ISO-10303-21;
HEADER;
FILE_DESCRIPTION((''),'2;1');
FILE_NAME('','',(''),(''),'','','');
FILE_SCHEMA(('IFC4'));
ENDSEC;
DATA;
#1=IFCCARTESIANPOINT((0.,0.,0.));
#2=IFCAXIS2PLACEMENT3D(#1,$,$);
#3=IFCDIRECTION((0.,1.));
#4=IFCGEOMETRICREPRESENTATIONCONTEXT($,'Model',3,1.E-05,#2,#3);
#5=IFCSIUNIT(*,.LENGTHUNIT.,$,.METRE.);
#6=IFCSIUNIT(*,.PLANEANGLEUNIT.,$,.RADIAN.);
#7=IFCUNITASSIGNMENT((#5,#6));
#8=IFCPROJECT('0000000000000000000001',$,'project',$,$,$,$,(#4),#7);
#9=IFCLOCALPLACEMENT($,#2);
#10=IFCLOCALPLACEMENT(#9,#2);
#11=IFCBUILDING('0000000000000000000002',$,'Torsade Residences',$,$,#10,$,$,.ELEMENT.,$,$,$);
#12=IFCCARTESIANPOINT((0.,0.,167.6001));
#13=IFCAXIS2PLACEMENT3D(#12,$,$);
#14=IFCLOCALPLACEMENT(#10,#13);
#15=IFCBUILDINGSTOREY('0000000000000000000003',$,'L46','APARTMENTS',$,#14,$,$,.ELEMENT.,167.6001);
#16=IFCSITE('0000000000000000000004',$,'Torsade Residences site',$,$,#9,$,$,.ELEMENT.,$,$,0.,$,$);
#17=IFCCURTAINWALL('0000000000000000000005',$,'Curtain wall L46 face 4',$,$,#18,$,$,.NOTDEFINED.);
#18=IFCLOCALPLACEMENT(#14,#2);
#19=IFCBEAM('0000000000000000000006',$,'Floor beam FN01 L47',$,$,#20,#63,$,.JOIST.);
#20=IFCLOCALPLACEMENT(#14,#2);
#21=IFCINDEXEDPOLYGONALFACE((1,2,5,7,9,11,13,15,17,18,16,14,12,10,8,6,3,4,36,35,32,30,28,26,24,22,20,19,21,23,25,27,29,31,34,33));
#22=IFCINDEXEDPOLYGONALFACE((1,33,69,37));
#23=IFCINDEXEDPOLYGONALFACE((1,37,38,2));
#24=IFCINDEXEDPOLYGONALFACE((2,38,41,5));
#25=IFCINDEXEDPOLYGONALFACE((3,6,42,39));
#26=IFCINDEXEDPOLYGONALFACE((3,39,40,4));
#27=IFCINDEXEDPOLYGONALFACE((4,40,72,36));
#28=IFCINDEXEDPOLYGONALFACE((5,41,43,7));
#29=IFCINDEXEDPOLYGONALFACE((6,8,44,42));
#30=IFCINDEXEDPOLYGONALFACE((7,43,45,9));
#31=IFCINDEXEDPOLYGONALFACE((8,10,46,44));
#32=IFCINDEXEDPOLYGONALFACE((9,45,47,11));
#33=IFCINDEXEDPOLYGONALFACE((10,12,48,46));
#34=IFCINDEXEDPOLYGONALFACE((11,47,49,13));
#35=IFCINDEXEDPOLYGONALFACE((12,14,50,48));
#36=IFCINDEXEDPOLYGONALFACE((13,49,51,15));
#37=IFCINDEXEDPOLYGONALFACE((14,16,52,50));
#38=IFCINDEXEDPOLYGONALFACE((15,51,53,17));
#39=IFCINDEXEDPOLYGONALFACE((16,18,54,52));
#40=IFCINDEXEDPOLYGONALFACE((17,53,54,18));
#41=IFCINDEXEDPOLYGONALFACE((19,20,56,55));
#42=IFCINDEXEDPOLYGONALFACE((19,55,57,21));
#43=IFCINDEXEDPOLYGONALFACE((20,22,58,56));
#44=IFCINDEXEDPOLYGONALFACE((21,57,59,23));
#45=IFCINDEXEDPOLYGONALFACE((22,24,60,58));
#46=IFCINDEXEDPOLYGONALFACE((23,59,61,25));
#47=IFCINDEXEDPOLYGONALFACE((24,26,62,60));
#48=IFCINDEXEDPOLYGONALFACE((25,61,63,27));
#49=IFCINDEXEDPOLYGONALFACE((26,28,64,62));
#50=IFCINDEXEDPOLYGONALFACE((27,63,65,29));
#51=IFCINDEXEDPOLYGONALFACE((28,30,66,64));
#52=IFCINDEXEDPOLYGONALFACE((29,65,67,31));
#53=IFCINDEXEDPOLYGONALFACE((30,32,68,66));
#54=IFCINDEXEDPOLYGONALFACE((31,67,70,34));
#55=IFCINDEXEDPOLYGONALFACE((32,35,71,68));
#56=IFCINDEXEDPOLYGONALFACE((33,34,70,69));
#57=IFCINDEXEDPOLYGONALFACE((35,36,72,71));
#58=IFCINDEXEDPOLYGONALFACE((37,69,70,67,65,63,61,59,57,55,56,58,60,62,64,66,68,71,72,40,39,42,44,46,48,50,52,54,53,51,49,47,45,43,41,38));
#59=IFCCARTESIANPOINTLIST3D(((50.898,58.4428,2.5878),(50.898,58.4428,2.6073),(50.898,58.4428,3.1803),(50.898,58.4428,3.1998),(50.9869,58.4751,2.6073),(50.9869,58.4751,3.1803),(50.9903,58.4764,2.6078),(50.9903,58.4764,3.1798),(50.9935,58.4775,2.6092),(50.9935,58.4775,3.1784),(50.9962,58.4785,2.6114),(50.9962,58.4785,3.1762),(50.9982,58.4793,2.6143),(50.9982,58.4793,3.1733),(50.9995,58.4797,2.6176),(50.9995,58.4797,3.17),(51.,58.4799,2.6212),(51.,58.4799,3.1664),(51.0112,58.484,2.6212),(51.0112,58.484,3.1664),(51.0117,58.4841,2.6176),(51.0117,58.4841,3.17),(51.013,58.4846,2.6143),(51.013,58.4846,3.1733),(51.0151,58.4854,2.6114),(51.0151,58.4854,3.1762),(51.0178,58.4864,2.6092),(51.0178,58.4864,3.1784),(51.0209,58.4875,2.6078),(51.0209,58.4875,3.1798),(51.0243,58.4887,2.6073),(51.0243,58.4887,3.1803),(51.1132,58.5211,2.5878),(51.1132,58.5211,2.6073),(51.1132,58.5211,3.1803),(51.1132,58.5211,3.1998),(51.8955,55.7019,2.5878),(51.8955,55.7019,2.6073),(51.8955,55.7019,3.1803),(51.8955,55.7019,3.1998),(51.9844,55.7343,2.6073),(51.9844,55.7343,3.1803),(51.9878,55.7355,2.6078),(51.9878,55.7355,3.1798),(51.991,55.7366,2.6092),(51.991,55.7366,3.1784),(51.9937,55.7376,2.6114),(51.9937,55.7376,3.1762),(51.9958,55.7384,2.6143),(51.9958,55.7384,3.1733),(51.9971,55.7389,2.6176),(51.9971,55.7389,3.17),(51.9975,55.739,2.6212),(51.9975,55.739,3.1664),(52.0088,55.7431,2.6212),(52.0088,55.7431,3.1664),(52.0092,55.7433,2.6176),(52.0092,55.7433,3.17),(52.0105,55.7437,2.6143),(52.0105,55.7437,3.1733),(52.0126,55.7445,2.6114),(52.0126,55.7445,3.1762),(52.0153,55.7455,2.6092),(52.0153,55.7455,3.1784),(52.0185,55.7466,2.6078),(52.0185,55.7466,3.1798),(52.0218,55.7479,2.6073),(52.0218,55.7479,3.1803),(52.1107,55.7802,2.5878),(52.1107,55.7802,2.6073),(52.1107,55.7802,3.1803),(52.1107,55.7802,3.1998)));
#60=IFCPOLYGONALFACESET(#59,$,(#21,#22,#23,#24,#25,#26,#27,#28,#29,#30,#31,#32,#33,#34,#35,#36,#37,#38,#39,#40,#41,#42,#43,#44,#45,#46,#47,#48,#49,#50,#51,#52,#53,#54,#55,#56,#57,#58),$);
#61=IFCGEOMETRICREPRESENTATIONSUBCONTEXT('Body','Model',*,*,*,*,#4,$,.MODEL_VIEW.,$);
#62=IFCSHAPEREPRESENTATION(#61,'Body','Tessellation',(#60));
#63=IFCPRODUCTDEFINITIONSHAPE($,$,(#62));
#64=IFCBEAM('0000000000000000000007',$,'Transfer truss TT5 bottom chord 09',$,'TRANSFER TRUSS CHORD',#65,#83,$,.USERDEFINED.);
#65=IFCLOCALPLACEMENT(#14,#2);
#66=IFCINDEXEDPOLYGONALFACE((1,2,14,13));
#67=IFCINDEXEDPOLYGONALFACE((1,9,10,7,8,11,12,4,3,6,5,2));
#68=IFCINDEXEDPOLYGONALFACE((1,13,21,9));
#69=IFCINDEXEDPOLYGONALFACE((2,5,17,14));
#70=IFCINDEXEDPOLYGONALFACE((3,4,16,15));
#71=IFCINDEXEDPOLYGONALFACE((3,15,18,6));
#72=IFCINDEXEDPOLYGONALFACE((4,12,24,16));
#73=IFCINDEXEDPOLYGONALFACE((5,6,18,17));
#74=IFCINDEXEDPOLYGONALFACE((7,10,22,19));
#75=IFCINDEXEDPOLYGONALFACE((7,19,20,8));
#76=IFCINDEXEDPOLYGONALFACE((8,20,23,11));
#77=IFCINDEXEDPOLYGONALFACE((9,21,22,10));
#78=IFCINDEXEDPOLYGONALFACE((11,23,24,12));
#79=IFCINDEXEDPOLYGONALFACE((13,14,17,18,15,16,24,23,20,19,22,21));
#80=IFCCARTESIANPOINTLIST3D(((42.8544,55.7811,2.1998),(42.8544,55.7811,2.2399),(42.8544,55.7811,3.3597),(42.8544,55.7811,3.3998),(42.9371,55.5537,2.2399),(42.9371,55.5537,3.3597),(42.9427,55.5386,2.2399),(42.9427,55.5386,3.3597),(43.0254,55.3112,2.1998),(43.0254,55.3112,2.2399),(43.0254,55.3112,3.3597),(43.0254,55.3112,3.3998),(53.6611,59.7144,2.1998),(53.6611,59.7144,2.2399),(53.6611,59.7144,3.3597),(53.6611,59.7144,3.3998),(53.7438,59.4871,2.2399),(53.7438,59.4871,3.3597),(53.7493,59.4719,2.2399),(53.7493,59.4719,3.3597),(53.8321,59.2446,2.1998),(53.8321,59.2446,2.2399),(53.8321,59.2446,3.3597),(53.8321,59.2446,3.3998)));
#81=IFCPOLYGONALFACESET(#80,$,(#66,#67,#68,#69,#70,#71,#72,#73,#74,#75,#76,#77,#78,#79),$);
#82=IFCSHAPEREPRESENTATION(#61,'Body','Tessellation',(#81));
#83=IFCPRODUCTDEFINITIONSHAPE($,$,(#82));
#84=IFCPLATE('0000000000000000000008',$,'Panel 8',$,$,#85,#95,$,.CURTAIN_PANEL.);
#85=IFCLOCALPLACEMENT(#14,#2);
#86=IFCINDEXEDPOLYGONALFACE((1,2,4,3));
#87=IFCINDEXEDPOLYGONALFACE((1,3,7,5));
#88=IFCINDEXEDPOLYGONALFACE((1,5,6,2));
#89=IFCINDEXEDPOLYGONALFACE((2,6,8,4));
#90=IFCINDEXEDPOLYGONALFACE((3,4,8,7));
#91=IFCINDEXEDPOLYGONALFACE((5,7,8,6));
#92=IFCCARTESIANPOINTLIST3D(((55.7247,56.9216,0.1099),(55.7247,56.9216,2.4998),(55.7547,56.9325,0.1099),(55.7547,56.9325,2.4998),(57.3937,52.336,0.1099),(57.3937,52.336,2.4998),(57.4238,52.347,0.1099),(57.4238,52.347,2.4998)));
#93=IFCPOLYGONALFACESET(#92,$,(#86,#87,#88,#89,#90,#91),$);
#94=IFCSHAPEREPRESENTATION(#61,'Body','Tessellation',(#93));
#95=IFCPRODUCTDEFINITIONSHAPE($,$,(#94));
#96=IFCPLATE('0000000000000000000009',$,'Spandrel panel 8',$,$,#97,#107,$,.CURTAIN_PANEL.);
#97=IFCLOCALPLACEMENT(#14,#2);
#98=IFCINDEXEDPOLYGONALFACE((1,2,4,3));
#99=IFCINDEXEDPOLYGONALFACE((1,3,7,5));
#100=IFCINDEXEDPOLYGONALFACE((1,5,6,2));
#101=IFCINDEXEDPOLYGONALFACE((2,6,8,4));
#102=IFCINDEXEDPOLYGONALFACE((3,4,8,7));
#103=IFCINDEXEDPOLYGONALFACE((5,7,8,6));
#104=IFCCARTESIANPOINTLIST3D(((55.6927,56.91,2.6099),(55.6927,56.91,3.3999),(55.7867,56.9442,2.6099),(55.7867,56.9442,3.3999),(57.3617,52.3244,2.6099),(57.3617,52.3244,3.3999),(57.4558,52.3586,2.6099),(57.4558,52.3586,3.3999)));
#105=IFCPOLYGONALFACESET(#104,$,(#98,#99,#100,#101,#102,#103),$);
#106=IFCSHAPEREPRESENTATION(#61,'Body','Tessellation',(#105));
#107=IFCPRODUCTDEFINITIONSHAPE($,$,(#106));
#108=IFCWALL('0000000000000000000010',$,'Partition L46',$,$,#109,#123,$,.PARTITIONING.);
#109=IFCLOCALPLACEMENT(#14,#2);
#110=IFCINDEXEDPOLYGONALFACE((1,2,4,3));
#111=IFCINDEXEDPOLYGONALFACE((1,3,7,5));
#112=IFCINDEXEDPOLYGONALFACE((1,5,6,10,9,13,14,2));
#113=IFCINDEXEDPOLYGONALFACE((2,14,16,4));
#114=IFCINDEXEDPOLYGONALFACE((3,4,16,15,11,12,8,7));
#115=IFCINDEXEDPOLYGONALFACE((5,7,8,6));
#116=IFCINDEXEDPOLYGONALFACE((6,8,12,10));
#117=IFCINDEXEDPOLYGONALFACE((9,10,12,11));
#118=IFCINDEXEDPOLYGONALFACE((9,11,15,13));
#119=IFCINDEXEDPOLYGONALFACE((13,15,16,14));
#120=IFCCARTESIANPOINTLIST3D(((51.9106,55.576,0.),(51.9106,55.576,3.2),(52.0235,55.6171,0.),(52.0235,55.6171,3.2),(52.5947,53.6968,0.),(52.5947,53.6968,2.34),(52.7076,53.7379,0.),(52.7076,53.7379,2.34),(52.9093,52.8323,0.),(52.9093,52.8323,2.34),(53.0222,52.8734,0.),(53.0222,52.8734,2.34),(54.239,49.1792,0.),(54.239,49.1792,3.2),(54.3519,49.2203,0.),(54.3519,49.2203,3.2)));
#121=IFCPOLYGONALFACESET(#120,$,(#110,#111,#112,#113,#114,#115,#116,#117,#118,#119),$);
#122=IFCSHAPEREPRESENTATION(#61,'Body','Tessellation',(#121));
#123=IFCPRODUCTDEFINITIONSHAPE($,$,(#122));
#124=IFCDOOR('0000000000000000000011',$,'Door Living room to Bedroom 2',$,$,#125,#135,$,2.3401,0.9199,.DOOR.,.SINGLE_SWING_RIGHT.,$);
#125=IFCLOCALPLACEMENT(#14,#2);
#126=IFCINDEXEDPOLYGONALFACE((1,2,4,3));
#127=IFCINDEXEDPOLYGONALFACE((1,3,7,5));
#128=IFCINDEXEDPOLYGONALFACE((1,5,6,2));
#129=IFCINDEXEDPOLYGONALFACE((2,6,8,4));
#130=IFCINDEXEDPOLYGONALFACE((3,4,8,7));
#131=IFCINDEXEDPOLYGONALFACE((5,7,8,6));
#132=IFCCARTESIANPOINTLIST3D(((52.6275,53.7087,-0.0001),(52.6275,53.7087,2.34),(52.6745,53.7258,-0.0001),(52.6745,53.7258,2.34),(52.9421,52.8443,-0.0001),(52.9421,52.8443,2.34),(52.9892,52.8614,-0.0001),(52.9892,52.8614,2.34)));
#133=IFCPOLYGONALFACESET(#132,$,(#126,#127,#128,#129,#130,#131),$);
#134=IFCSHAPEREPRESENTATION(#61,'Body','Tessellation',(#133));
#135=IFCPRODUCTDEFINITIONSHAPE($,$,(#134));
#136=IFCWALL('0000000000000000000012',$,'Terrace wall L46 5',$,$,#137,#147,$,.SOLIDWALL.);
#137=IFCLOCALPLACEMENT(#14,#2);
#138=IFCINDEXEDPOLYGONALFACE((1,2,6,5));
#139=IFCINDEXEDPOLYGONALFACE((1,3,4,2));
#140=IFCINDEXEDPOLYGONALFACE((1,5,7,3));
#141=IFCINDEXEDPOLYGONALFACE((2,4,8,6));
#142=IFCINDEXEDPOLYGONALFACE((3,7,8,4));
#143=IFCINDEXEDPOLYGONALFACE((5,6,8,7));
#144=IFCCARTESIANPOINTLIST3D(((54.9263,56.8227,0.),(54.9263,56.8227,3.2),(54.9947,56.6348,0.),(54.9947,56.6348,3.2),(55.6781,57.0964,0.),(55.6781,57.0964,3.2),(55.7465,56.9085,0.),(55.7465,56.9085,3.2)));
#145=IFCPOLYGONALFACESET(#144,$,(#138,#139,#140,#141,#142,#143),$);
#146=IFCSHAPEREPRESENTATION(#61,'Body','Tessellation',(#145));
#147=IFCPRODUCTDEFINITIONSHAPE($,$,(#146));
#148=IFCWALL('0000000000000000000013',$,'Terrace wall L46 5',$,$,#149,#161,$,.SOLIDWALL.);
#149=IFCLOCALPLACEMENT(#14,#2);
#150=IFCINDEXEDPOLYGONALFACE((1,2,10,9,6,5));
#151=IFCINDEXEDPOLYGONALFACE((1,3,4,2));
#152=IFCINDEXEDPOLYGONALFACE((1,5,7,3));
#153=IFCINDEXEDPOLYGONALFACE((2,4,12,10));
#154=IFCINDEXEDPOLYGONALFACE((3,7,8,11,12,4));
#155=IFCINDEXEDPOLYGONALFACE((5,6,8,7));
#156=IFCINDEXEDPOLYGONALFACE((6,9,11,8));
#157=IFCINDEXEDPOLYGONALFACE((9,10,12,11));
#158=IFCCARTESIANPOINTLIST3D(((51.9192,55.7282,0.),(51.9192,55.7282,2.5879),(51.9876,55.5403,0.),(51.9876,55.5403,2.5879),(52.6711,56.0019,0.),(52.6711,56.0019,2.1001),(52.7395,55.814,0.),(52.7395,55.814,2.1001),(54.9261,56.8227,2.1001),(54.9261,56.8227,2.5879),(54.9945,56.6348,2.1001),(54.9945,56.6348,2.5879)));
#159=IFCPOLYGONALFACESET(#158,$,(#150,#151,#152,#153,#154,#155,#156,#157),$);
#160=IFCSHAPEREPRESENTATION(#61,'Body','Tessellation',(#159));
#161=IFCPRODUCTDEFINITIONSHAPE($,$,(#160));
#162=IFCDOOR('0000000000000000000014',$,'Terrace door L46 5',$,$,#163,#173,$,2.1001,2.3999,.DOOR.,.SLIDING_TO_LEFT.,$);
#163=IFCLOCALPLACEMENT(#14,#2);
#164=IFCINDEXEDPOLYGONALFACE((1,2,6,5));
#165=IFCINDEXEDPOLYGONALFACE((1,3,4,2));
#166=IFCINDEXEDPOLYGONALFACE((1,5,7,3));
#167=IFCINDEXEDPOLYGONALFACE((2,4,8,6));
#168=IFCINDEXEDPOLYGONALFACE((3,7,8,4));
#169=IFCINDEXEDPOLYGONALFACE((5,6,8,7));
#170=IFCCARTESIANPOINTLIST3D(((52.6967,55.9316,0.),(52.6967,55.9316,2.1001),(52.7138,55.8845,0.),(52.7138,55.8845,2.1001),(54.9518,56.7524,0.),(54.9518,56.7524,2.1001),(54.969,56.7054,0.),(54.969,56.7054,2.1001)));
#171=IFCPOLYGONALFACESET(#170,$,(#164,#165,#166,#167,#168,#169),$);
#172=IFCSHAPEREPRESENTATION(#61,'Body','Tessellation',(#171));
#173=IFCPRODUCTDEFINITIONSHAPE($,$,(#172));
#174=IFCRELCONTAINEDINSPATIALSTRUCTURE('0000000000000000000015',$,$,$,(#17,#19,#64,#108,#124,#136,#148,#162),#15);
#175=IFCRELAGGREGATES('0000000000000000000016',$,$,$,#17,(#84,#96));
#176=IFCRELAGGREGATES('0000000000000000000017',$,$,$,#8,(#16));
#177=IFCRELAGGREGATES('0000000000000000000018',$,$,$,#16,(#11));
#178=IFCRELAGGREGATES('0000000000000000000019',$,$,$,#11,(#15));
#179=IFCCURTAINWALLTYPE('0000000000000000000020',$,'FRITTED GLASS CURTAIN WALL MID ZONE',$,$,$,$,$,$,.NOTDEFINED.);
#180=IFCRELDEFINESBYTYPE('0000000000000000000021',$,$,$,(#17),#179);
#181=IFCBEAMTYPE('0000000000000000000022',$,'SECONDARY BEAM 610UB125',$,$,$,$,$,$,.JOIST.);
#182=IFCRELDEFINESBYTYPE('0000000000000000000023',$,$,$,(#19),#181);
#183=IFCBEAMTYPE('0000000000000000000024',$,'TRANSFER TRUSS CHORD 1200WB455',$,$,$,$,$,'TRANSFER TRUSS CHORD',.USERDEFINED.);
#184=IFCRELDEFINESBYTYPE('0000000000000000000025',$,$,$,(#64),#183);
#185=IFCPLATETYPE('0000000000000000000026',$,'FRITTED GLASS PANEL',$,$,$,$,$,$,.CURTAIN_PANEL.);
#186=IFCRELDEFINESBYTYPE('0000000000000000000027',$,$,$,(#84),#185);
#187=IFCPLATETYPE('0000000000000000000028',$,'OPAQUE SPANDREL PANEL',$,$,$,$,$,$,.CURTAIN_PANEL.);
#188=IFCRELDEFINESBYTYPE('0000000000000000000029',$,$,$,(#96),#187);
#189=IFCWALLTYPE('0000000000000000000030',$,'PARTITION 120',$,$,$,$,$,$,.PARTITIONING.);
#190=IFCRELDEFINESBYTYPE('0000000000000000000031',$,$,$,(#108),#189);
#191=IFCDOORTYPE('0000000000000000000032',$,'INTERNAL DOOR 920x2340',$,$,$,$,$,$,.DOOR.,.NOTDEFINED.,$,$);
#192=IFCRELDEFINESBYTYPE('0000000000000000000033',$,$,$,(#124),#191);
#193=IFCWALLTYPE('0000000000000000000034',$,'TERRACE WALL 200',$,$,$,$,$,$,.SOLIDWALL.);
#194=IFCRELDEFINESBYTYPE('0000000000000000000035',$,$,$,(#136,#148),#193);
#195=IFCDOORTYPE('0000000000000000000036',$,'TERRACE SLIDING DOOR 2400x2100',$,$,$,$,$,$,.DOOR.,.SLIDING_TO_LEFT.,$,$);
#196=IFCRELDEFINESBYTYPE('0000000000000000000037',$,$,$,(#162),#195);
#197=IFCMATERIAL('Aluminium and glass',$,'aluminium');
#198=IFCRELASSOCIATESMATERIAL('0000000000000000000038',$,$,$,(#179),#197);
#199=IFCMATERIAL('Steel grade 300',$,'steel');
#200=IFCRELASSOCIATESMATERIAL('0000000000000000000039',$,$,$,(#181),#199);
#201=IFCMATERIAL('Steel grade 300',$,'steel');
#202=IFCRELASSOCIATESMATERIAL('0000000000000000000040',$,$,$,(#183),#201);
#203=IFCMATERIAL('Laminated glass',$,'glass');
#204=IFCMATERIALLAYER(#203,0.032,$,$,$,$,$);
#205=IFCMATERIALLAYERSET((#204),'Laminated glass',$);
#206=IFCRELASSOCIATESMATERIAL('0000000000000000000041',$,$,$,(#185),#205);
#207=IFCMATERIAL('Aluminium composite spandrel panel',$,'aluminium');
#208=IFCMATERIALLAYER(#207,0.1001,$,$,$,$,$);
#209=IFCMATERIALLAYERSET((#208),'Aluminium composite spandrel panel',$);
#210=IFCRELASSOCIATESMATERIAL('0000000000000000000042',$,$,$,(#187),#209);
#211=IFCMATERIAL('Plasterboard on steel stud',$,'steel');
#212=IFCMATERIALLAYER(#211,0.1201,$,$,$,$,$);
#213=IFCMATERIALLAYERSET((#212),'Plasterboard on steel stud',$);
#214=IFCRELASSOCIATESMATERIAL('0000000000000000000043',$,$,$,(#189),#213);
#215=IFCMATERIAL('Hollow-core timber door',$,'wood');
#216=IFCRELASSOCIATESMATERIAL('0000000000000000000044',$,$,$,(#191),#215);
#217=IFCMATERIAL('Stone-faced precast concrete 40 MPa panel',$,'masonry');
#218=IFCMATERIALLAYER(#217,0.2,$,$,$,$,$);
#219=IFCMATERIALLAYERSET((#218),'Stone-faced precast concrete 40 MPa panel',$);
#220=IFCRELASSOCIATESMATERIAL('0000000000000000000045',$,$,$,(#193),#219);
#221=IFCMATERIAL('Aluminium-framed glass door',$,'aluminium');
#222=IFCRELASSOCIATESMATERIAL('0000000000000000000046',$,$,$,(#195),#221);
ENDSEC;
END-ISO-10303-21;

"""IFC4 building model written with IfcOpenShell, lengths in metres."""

from ifc_helpers import new_model, si_unit, direction, frame, frame_2d, origin, origin_2d, place, context, subcontext, project, spatial, rectangle, i_section, extrude, material, layer, layer_set, material_profile, profile_set, type_object, element, fill, aggregate, save


model = new_model("IFC4")

# Units and contexts
model_context = context("Model", 3, precision=1e-05, world=origin(), true_north=direction((0.0, 1.0)))
body_context = subcontext(model_context, "Body", "Model", "MODEL_VIEW")
ifc_project = project(units=[si_unit("LENGTHUNIT", "METRE"), si_unit("PLANEANGLEUNIT", "RADIAN")], contexts=[model_context])

# Site, building, storey
site_placement = place(None, origin())
site = spatial("IfcSite", under=ifc_project, at=site_placement, Name="Torsade Residences site", CompositionType="ELEMENT", RefElevation=0.0)
building_placement = place(site_placement, origin())
building = spatial("IfcBuilding", under=site, at=building_placement, Name="Torsade Residences", CompositionType="ELEMENT")
storey_placement = place(building_placement, frame((0.0, 0.0, 167.6001)))
storey = spatial("IfcBuildingStorey", under=building, at=storey_placement, Name="L46", Description="APARTMENTS", CompositionType="ELEMENT", Elevation=167.6001)

# Curtain wall
ifc_material_1 = material(Name="Aluminium and glass", Category="aluminium")
curtain_wall_type = type_object("IfcCurtainWallType", Name="FRITTED GLASS CURTAIN WALL MID ZONE", PredefinedType="NOTDEFINED", material=ifc_material_1)
curtain_wall_placement = place(storey_placement, origin())
curtain_wall = element("IfcCurtainWall", 1, at=curtain_wall_placement, inside=storey, type_object=curtain_wall_type, Name="Curtain wall L46 face 4", PredefinedType="NOTDEFINED")

# Beams
ifc_material_2 = material(Name="Steel grade 300", Category="steel")
ifc_material_profile_1 = material_profile(ifc_material_2, i_section(OverallWidth=0.229, OverallDepth=0.6121, WebThickness=0.012, FlangeThickness=0.0195, FilletRadius=0.0139, at=origin_2d()), Name="610UB125")
ifc_profile_set_1 = profile_set([ifc_material_profile_1], Name="Steel grade 300")
beam_type_1 = type_object("IfcBeamType", Name="SECONDARY BEAM 610UB125", PredefinedType="JOIST", material=ifc_profile_set_1)
for number, where, z_axis, x_axis, name in (
    (2, (51.0056, 58.4819, 2.8938), (0.341998, -0.939701, 0.0), (0.939701, 0.341998, 0.0), "Floor beam FN01 L47"),
):
    element("IfcBeam", number, at=place(storey_placement, frame(where, z_axis=z_axis, x_axis=x_axis)), inside=storey, type_object=beam_type_1, Name=name, PredefinedType="JOIST", context=body_context, shape_type="SweptSolid", body=[
        extrude(i_section(OverallWidth=0.229, OverallDepth=0.6121, WebThickness=0.012, FlangeThickness=0.0195, FilletRadius=0.0139, at=origin_2d()), origin(), (0.0, 0.0, 1.0), 2.9167),
    ])
ifc_material_3 = material(Name="Steel grade 300", Category="steel")
ifc_material_profile_2 = material_profile(ifc_material_3, i_section(OverallWidth=0.5, OverallDepth=1.2, WebThickness=0.0161, FlangeThickness=0.04, at=origin_2d()), Name="1200WB455")
ifc_profile_set_2 = profile_set([ifc_material_profile_2], Name="Steel grade 300")
beam_type_2 = type_object("IfcBeamType", Name="TRANSFER TRUSS CHORD 1200WB455", ElementType="TRANSFER TRUSS CHORD", PredefinedType="USERDEFINED", material=ifc_profile_set_2)
beam_1_placement = place(storey_placement, frame((53.7466, 59.4795, 2.7998), z_axis=(-0.939691, -0.342024, 0.0), x_axis=(0.342024, -0.939691, 0.0)))
element("IfcBeam", 3, at=beam_1_placement, inside=storey, type_object=beam_type_2, Name="Transfer truss TT5 bottom chord 09", ObjectType="TRANSFER TRUSS CHORD", PredefinedType="USERDEFINED", context=body_context, shape_type="SweptSolid", body=[
    extrude(i_section(OverallWidth=0.5, OverallDepth=1.2, WebThickness=0.0161, FlangeThickness=0.04, at=origin_2d()), origin(), (0.0, 0.0, 1.0), 11.5002),
])

# Plates
ifc_material_4 = material(Name="Laminated glass", Category="glass")
ifc_layer_1 = layer(ifc_material_4, 0.032)
ifc_layer_set_1 = layer_set([ifc_layer_1], Name="Laminated glass")
plate_type_1 = type_object("IfcPlateType", Name="FRITTED GLASS PANEL", PredefinedType="CURTAIN_PANEL", material=ifc_layer_set_1)
plate_1_placement = place(storey_placement, frame((56.5742, 54.6343, 0.1099), z_axis=(0.0, 0.0, 1.0), x_axis=(-0.34202, 0.939693, 0.0)))
plate_1 = element("IfcPlate", 4, at=plate_1_placement, type_object=plate_type_1, Name="Panel 8", PredefinedType="CURTAIN_PANEL", context=body_context, shape_type="SweptSolid", body=[
    extrude(rectangle(XDim=4.8799, YDim=0.032, at=origin_2d()), origin(), (0.0, 0.0, 1.0), 2.3899),
])
ifc_material_5 = material(Name="Aluminium composite spandrel panel", Category="aluminium")
ifc_layer_2 = layer(ifc_material_5, 0.1001)
ifc_layer_set_2 = layer_set([ifc_layer_2], Name="Aluminium composite spandrel panel")
plate_type_2 = type_object("IfcPlateType", Name="OPAQUE SPANDREL PANEL", PredefinedType="CURTAIN_PANEL", material=ifc_layer_set_2)
plate_2_placement = place(storey_placement, frame((56.5742, 54.6343, 2.6099), z_axis=(0.0, 0.0, 1.0), x_axis=(-0.34202, 0.939693, 0.0)))
plate_2 = element("IfcPlate", 5, at=plate_2_placement, type_object=plate_type_2, Name="Spandrel panel 8", PredefinedType="CURTAIN_PANEL", context=body_context, shape_type="SweptSolid", body=[
    extrude(rectangle(XDim=4.8799, YDim=0.1001, at=origin_2d()), origin(), (0.0, 0.0, 1.0), 0.79),
])
aggregate(curtain_wall, [plate_1, plate_2])

# Wall, opening, door
ifc_material_6 = material(Name="Plasterboard on steel stud", Category="steel")
ifc_layer_3 = layer(ifc_material_6, 0.1201)
ifc_layer_set_3 = layer_set([ifc_layer_3], Name="Plasterboard on steel stud")
wall_type_1 = type_object("IfcWallType", Name="PARTITION 120", PredefinedType="PARTITIONING", material=ifc_layer_set_3)
wall_1_placement = place(storey_placement, frame((51.967, 55.5967, 0.0), z_axis=(0.0, 0.0, 1.0), x_axis=(0.34204, -0.939686, 0.0)))
wall_1 = element("IfcWall", 6, at=wall_1_placement, inside=storey, type_object=wall_type_1, Name="Partition L46", PredefinedType="PARTITIONING", context=body_context, shape_type="SweptSolid", body=[
    extrude(rectangle(XDim=6.8074, YDim=0.1201, at=frame_2d((3.4038, 0.0))), origin(), (0.0, 0.0, 1.0), 3.2),
])
opening_1_placement = place(wall_1_placement, frame((2.0, 0.0, 0.0)))
opening_1 = element("IfcOpeningElement", 7, at=opening_1_placement, cuts=wall_1, PredefinedType="OPENING", context=body_context, shape_type="SweptSolid", body=[
    extrude(rectangle(XDim=0.9199, YDim=2.3401, at=frame_2d((0.46, 1.1699))), frame((0.0, 0.0701, 0.0), z_axis=(0.0, -1.0, 0.0), x_axis=(1.0, 0.0, 0.0)), (0.0, 0.0, 1.0), 0.1401),
])
ifc_material_7 = material(Name="Hollow-core timber door", Category="wood")
door_type_1 = type_object("IfcDoorType", Name="INTERNAL DOOR 920x2340", OperationType="NOTDEFINED", PredefinedType="DOOR", material=ifc_material_7)
door_1_placement = place(opening_1_placement, origin())
door_1 = element("IfcDoor", 8, at=door_1_placement, inside=storey, type_object=door_type_1, Name="Door Living room to Bedroom 2", OperationType="SINGLE_SWING_RIGHT", OverallHeight=2.3401, OverallWidth=0.9199, PredefinedType="DOOR", context=body_context, shape_type="SweptSolid", body=[
    extrude(rectangle(XDim=0.9199, YDim=2.3401, at=frame_2d((0.46, 1.1699))), frame((0.0, 0.0249, 0.0), z_axis=(0.0, -1.0, 0.0), x_axis=(1.0, 0.0, 0.0)), (0.0, 0.0, 1.0), 0.05),
])
fill(opening_1, door_1)

# Wall
ifc_material_8 = material(Name="Stone-faced precast concrete 40 MPa panel", Category="masonry")
ifc_layer_4 = layer(ifc_material_8, 0.2)
ifc_layer_set_4 = layer_set([ifc_layer_4], Name="Stone-faced precast concrete 40 MPa panel")
wall_type_2 = type_object("IfcWallType", Name="TERRACE WALL 200", PredefinedType="SOLIDWALL", material=ifc_layer_set_4)
wall_2_placement = place(storey_placement, frame((55.7122, 57.0024, 0.0), z_axis=(0.0, 0.0, 1.0), x_axis=(-0.93966, -0.342111, 0.0)))
element("IfcWall", 9, at=wall_2_placement, inside=storey, type_object=wall_type_2, Name="Terrace wall L46 5", PredefinedType="SOLIDWALL", context=body_context, shape_type="SweptSolid", body=[
    extrude(rectangle(XDim=0.8, YDim=0.2, at=frame_2d((0.3999, 0.0))), origin(), (0.0, 0.0, 1.0), 3.2),
])

# Wall, opening, door
wall_3_placement = place(storey_placement, frame((54.9604, 56.7288, 0.0), z_axis=(0.0, 0.0, 1.0), x_axis=(-0.939693, -0.342019, 0.0)))
wall_3 = element("IfcWall", 10, at=wall_3_placement, inside=storey, type_object=wall_type_2, Name="Terrace wall L46 5", PredefinedType="SOLIDWALL", context=body_context, shape_type="SweptSolid", body=[
    extrude(rectangle(XDim=3.2, YDim=0.2, at=frame_2d((1.6001, 0.0))), origin(), (0.0, 0.0, 1.0), 2.5879),
])
opening_2_placement = place(wall_3_placement, origin())
opening_2 = element("IfcOpeningElement", 11, at=opening_2_placement, cuts=wall_3, PredefinedType="OPENING", context=body_context, shape_type="SweptSolid", body=[
    extrude(rectangle(XDim=2.3999, YDim=2.1001, at=frame_2d((1.2, 1.05))), frame((0.0, 0.1099, 0.0), z_axis=(0.0, -1.0, 0.0), x_axis=(1.0, 0.0, 0.0)), (0.0, 0.0, 1.0), 0.22),
])
ifc_material_9 = material(Name="Aluminium-framed glass door", Category="aluminium")
door_type_2 = type_object("IfcDoorType", Name="TERRACE SLIDING DOOR 2400x2100", OperationType="SLIDING_TO_LEFT", PredefinedType="DOOR", material=ifc_material_9)
door_2_placement = place(opening_2_placement, origin())
door_2 = element("IfcDoor", 12, at=door_2_placement, inside=storey, type_object=door_type_2, Name="Terrace door L46 5", OperationType="SLIDING_TO_LEFT", OverallHeight=2.1001, OverallWidth=2.3999, PredefinedType="DOOR", context=body_context, shape_type="SweptSolid", body=[
    extrude(rectangle(XDim=2.3999, YDim=2.1001, at=frame_2d((1.2, 1.05))), frame((0.0, 0.0249, 0.0), z_axis=(0.0, -1.0, 0.0), x_axis=(1.0, 0.0, 0.0)), (0.0, 0.0, 1.0), 0.05),
])
fill(opening_2, door_2)

save(model, "model.ifc")
